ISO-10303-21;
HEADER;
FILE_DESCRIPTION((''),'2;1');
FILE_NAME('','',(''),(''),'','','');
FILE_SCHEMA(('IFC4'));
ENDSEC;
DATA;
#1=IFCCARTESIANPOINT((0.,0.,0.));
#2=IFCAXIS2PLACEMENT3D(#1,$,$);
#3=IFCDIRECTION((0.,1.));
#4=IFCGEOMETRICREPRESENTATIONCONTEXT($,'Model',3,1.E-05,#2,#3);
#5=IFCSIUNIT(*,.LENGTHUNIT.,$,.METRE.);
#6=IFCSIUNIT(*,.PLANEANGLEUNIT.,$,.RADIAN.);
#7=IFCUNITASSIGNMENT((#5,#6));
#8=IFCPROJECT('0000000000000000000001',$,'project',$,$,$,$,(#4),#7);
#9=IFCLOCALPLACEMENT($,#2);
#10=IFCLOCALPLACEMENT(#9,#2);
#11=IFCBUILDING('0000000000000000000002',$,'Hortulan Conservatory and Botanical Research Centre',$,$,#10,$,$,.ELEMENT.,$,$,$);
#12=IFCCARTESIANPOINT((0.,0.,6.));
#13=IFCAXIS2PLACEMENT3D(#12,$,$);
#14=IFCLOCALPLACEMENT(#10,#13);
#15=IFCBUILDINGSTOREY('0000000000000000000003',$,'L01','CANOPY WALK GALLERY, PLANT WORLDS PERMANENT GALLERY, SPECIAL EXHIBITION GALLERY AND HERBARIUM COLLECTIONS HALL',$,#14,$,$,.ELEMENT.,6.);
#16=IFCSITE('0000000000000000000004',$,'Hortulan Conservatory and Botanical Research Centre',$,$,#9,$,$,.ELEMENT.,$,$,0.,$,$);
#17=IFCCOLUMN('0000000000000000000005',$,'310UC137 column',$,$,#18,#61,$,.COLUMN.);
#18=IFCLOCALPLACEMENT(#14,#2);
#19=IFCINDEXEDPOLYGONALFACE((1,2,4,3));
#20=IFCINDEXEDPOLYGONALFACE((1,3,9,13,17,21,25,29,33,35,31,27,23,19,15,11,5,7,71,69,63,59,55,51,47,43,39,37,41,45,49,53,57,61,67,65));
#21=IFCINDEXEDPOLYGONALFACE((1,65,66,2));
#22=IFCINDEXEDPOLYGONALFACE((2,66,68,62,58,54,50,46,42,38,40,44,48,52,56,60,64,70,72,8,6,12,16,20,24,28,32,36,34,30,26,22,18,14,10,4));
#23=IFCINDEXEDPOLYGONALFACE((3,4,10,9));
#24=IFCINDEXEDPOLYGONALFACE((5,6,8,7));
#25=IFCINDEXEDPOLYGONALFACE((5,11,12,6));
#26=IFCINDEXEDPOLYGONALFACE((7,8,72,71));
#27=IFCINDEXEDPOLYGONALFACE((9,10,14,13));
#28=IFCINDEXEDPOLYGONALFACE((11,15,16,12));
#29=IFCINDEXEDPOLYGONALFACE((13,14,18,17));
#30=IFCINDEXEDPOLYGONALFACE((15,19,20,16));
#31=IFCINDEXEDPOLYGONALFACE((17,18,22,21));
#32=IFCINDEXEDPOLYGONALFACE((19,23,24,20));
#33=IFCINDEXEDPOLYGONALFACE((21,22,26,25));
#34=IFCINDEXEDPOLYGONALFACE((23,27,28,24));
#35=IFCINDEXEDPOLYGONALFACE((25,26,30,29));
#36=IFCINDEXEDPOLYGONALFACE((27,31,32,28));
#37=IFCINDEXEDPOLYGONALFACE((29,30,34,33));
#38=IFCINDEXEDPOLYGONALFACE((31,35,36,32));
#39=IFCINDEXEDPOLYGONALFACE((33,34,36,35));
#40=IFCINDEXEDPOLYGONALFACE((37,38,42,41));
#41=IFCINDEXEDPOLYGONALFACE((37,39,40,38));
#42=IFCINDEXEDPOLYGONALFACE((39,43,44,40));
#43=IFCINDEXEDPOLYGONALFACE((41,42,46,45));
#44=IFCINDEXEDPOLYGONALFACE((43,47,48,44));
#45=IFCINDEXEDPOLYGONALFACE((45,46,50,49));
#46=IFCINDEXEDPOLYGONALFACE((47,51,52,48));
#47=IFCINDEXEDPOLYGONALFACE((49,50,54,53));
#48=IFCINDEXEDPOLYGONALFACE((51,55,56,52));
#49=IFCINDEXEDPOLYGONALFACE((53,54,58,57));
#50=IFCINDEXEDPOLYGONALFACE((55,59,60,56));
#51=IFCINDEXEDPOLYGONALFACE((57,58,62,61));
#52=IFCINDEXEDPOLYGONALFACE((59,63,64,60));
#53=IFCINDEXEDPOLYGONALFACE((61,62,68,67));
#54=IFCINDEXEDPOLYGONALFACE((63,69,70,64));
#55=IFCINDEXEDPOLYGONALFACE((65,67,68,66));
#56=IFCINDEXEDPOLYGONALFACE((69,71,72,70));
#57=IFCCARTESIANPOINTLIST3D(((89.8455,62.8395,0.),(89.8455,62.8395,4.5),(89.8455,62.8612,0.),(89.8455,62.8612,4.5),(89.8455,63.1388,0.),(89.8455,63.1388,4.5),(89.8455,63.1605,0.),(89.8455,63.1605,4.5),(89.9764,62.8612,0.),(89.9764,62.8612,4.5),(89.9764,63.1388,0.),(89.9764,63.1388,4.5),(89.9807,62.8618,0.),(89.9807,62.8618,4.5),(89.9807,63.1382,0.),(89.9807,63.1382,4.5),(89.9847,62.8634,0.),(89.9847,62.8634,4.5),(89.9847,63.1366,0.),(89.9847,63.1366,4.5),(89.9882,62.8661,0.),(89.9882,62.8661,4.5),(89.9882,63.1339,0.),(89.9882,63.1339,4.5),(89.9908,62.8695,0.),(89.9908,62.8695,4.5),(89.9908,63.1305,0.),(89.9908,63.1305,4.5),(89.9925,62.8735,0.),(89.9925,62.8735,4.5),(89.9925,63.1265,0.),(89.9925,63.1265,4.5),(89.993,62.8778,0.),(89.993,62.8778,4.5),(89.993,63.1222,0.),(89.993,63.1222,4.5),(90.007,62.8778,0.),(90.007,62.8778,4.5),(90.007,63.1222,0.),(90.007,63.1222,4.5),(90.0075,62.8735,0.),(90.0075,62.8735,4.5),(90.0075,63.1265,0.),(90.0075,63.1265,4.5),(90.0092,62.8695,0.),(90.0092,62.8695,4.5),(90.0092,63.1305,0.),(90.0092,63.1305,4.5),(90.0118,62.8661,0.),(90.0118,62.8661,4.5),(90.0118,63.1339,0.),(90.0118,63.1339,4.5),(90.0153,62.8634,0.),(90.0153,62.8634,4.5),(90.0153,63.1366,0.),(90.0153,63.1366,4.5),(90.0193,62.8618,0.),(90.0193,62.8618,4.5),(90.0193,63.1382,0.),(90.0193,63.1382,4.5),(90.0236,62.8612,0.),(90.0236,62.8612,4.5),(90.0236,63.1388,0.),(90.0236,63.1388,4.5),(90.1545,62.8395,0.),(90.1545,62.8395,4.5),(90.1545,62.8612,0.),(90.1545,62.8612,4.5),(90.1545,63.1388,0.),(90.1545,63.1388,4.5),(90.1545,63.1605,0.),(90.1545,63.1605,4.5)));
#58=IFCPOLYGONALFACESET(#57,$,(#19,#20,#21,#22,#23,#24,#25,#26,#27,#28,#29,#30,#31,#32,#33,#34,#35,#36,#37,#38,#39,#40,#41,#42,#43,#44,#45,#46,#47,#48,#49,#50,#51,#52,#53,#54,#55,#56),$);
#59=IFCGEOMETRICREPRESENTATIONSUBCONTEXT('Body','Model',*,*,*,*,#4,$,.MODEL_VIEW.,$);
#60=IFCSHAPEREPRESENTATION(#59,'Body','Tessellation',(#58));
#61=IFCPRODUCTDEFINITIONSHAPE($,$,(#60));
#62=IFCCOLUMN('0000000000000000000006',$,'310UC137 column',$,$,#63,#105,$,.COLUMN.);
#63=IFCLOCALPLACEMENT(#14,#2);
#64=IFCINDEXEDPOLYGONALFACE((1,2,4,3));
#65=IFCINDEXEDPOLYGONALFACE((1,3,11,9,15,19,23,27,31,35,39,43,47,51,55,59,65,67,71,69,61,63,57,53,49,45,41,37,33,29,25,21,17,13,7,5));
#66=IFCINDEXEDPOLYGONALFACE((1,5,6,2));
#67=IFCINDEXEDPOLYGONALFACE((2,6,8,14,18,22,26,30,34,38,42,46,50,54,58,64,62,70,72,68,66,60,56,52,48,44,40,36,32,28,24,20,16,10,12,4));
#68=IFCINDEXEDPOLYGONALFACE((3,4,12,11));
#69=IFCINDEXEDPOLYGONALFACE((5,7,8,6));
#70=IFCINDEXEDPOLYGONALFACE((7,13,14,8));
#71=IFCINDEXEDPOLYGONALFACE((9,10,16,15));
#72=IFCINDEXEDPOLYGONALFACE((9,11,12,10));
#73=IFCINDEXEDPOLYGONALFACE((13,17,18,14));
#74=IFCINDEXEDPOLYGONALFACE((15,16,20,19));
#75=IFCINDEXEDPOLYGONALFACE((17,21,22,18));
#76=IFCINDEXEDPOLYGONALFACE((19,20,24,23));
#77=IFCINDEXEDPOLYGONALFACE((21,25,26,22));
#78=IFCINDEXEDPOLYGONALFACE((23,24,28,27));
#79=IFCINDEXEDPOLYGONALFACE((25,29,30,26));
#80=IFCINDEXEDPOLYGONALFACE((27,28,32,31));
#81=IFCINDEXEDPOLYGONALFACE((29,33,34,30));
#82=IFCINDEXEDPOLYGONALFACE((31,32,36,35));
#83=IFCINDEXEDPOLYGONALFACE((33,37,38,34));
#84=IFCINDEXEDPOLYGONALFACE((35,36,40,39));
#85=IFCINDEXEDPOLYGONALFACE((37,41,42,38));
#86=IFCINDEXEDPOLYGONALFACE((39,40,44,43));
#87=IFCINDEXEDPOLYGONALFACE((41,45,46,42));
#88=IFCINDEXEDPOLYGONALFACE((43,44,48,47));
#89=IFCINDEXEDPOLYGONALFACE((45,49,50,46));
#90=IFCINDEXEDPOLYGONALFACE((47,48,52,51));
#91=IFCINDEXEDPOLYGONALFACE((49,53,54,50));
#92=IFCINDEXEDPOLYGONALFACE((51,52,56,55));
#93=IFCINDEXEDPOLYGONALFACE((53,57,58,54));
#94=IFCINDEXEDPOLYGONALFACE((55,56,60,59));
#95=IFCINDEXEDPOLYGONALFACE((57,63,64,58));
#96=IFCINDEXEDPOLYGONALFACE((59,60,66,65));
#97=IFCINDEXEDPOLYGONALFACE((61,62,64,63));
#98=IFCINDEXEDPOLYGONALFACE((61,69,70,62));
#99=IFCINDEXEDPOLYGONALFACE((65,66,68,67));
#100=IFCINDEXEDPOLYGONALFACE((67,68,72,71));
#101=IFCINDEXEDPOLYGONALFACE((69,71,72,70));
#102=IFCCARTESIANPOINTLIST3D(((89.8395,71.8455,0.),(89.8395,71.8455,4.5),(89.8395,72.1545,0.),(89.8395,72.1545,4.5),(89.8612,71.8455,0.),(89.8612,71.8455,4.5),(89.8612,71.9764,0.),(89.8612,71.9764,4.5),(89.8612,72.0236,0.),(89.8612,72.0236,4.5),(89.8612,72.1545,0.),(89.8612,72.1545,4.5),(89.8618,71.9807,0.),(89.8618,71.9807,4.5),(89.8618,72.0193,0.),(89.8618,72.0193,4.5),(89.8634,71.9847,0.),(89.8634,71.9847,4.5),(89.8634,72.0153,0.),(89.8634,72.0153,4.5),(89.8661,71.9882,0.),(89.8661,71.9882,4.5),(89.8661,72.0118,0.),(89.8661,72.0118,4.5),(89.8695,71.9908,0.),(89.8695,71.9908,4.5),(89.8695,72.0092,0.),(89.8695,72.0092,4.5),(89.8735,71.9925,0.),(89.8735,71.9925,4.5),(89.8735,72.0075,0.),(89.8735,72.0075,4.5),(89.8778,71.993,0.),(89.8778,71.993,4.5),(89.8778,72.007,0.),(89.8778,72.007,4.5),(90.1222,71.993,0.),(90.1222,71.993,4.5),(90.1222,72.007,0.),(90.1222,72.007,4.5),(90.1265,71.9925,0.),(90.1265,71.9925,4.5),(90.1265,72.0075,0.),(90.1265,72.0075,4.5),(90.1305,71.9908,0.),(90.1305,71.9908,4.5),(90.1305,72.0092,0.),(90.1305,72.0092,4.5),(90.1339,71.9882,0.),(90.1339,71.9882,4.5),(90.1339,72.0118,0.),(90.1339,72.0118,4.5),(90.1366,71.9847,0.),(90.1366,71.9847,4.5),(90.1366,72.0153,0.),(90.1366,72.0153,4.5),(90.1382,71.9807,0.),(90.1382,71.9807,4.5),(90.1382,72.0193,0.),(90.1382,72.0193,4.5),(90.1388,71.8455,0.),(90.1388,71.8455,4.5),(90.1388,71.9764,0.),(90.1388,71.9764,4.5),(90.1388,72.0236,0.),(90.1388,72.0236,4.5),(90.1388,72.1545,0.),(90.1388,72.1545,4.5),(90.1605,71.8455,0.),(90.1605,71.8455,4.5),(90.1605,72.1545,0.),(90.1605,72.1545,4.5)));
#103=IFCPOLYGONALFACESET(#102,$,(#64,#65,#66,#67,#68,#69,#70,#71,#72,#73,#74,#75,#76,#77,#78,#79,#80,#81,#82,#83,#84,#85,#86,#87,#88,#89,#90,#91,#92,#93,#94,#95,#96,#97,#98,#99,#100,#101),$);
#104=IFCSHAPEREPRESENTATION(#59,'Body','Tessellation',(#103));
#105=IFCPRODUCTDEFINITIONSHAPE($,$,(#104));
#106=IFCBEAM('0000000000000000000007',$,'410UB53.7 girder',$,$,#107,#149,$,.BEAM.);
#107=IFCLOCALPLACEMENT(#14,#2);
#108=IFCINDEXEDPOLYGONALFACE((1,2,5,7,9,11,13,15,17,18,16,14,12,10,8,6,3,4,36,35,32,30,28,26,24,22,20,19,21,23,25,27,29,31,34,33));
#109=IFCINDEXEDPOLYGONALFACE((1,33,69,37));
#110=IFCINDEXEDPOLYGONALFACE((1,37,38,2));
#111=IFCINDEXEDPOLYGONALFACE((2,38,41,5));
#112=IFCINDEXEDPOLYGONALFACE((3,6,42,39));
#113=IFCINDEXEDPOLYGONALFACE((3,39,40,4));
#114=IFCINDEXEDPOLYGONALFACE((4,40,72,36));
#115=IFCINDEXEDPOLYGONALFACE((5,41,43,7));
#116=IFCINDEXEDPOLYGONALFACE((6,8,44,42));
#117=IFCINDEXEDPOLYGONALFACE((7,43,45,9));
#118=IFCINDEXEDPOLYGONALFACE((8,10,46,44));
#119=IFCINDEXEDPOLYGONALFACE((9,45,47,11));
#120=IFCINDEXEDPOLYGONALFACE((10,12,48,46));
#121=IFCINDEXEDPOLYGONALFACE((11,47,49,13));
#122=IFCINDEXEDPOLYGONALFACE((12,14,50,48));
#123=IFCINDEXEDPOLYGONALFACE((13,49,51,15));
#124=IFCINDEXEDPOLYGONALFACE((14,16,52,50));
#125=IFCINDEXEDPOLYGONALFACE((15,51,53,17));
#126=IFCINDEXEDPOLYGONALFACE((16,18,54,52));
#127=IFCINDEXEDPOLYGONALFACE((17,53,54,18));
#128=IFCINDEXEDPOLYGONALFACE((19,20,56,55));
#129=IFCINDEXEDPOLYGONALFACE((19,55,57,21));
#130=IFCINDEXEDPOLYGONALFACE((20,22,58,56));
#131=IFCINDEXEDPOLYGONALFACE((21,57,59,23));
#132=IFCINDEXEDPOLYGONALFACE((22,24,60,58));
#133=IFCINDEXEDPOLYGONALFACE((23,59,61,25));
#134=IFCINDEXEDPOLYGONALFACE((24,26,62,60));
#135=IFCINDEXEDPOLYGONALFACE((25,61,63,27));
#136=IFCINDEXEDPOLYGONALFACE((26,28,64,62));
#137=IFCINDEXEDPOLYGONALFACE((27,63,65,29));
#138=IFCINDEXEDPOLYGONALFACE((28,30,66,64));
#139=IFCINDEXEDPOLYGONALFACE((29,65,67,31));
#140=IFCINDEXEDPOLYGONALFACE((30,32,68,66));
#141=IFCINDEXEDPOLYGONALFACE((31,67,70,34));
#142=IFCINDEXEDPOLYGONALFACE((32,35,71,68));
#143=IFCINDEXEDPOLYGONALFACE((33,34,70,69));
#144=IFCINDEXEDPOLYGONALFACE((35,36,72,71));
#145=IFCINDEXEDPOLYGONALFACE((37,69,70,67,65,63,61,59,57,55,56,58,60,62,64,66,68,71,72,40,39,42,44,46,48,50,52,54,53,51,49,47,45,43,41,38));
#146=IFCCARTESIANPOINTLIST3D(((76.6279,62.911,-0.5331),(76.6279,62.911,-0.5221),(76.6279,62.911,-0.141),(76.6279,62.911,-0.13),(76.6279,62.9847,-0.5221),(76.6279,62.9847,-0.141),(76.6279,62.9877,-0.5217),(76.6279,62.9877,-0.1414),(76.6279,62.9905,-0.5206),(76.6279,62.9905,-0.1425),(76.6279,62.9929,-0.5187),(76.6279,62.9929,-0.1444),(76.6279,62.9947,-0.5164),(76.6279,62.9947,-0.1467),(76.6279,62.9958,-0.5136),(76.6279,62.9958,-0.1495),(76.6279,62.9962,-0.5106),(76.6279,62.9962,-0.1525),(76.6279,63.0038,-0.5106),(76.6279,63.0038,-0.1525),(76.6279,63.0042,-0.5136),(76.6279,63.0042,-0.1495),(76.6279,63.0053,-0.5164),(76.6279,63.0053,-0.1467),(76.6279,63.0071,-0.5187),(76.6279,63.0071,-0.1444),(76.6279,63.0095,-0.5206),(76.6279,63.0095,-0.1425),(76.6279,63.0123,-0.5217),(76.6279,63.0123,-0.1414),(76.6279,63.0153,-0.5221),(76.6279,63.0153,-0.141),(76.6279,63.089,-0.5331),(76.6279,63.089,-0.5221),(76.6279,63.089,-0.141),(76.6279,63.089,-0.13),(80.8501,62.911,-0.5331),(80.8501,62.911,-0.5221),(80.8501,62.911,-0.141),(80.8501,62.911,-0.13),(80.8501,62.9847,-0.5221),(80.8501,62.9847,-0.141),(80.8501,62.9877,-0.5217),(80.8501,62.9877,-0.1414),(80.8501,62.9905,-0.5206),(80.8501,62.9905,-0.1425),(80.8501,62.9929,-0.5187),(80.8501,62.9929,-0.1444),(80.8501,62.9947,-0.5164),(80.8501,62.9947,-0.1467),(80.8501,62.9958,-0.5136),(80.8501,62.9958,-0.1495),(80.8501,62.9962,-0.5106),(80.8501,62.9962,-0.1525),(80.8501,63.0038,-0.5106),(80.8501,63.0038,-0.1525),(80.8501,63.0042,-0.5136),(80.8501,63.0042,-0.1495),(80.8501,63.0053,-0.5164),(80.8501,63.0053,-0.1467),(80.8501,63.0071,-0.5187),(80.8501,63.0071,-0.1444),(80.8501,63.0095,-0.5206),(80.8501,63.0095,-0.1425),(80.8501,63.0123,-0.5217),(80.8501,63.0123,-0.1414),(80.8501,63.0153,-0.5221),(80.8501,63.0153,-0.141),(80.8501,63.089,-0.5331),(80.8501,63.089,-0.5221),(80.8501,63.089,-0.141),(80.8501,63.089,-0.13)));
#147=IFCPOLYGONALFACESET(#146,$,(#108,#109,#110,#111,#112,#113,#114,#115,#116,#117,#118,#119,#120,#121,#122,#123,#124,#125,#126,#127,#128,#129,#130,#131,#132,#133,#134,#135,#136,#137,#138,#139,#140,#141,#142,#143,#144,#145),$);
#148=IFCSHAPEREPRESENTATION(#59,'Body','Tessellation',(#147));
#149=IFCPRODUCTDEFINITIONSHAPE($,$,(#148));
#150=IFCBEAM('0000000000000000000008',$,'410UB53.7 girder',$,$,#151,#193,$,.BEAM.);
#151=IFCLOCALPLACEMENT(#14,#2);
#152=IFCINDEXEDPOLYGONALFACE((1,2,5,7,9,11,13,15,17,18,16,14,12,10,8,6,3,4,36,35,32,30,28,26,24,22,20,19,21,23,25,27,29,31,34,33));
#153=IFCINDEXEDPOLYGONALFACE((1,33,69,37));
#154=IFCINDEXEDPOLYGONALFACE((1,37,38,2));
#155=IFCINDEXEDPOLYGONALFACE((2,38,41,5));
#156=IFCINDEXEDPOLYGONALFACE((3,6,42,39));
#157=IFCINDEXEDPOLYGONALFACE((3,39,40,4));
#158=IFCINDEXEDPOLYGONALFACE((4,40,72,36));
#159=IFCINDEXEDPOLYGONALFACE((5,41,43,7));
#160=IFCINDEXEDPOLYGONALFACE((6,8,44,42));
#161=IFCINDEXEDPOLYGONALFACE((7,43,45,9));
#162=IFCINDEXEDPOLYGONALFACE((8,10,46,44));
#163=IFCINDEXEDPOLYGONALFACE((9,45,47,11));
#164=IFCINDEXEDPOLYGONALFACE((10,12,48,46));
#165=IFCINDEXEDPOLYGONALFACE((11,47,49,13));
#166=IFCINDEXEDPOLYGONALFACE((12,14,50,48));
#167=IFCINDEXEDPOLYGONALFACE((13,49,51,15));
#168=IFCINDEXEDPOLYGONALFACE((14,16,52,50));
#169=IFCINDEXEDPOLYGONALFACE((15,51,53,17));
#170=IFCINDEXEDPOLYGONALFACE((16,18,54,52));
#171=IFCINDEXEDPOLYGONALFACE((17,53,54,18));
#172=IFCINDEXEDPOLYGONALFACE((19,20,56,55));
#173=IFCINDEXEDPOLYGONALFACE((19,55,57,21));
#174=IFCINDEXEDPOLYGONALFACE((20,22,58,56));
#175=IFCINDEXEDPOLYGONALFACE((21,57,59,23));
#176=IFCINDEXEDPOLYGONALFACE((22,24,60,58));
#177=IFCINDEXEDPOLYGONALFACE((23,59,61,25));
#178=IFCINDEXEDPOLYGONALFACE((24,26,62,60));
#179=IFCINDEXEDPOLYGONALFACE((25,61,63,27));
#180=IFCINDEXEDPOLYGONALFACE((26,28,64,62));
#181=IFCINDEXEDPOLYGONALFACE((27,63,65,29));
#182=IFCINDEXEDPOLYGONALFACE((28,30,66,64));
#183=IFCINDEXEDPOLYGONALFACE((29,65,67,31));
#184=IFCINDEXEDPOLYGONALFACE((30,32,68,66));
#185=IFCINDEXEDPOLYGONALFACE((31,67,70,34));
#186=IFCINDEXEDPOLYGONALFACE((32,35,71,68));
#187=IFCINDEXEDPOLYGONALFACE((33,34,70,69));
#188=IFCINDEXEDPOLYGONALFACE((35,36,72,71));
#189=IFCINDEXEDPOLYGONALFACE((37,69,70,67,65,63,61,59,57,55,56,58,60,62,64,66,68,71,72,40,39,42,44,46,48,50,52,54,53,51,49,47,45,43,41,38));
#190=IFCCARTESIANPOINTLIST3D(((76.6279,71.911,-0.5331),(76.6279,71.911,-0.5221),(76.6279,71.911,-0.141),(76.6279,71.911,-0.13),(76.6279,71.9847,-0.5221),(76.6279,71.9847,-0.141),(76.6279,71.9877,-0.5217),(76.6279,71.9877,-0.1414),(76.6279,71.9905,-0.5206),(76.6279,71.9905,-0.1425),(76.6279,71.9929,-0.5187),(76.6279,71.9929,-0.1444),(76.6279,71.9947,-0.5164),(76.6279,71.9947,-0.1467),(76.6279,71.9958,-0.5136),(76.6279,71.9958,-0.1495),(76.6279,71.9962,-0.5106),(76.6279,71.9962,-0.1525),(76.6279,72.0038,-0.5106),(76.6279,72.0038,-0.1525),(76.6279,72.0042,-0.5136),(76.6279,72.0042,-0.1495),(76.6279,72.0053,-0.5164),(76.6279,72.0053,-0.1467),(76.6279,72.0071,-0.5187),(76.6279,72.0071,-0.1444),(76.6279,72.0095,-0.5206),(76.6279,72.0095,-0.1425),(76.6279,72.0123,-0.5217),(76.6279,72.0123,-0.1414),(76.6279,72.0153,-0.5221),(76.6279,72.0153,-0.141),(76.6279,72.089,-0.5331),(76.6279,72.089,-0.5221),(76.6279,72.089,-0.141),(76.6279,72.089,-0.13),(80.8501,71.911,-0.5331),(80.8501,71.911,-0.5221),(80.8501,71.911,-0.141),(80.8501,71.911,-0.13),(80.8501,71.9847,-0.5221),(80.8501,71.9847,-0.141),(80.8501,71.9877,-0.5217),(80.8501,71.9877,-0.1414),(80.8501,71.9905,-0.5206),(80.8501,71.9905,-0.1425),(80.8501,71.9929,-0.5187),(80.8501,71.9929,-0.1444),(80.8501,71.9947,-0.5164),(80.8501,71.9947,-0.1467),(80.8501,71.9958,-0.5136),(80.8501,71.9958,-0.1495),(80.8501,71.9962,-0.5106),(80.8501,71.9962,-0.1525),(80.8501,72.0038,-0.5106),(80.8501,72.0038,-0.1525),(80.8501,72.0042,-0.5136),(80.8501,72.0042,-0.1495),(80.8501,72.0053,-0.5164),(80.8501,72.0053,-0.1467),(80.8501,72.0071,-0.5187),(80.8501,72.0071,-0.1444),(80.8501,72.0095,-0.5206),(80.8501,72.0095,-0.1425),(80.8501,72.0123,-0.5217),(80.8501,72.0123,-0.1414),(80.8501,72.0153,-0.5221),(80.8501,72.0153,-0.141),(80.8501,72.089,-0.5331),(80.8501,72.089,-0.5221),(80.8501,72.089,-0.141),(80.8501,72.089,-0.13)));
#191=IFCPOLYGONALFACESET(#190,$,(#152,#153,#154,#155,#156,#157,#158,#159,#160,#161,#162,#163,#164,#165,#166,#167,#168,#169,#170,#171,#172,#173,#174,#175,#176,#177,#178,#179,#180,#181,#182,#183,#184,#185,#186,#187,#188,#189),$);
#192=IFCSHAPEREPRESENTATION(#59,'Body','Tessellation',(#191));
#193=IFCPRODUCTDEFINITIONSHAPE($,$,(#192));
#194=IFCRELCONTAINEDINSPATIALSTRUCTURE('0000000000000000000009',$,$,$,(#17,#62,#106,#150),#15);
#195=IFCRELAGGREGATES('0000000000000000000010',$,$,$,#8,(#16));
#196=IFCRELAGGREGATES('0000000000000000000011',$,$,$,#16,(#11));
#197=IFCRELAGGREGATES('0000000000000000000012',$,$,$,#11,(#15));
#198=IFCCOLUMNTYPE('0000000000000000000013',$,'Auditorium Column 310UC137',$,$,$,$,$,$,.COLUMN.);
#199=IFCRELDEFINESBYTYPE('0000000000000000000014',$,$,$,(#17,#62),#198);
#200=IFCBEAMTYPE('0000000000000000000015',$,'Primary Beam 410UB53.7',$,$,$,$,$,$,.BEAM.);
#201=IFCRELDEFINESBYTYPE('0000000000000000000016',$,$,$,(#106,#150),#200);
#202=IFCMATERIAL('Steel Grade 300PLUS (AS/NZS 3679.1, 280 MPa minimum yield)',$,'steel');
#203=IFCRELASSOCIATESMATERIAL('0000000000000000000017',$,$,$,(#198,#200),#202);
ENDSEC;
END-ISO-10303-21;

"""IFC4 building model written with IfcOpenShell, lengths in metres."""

from ifc_helpers import new_model, si_unit, direction, frame, origin, origin_2d, place, context, subcontext, project, spatial, i_section, extrude, material, material_profile, profile_set, type_object, element, save


model = new_model("IFC4")

# Units and contexts
model_context = context("Model", 3, precision=1e-05, world=origin(), true_north=direction((0.0, 1.0)))
body_context = subcontext(model_context, "Body", "Model", "MODEL_VIEW")
ifc_project = project(units=[si_unit("LENGTHUNIT", "METRE"), si_unit("PLANEANGLEUNIT", "RADIAN")], contexts=[model_context])

# Site, building, storey
site_placement = place(None, origin())
site = spatial("IfcSite", under=ifc_project, at=site_placement, Name="Hortulan Conservatory and Botanical Research Centre", CompositionType="ELEMENT", RefElevation=0.0)
building_placement = place(site_placement, origin())
building = spatial("IfcBuilding", under=site, at=building_placement, Name="Hortulan Conservatory and Botanical Research Centre", CompositionType="ELEMENT")
storey_placement = place(building_placement, frame((0.0, 0.0, 6.0)))
storey = spatial("IfcBuildingStorey", under=building, at=storey_placement, Name="L01", Description="CANOPY WALK GALLERY, PLANT WORLDS PERMANENT GALLERY, SPECIAL EXHIBITION GALLERY AND HERBARIUM COLLECTIONS HALL", CompositionType="ELEMENT", Elevation=6.0)

# Columns
ifc_material_1 = material(Name="Steel Grade 300PLUS (AS/NZS 3679.1, 280 MPa minimum yield)", Category="steel")
ifc_material_profile_1 = material_profile(ifc_material_1, i_section(OverallWidth=0.3091, OverallDepth=0.321, WebThickness=0.0139, FlangeThickness=0.0217, FilletRadius=0.0166, at=origin_2d()), Name="310UC137")
ifc_profile_set_1 = profile_set([ifc_material_profile_1], Name="Steel Grade 300PLUS (AS/NZS 3679.1, 280 MPa minimum yield)")
column_type = type_object("IfcColumnType", Name="Auditorium Column 310UC137", PredefinedType="COLUMN", material=ifc_profile_set_1)
for number, where, z_axis, x_axis, name in (
    (1, (90.0, 63.0, 0.0), (0.0, 0.0, 1.0), (1.0, 0.0, 0.0), "310UC137 column"),
    (2, (90.0, 72.0, 0.0), (0.0, 0.0, 1.0), (0.0, 1.0, 0.0), "310UC137 column"),
):
    element("IfcColumn", number, at=place(storey_placement, frame(where, z_axis=z_axis, x_axis=x_axis)), inside=storey, type_object=column_type, Name=name, PredefinedType="COLUMN", context=body_context, shape_type="SweptSolid", body=[
        extrude(i_section(OverallWidth=0.3091, OverallDepth=0.321, WebThickness=0.0139, FlangeThickness=0.0217, FilletRadius=0.0166, at=origin_2d()), origin(), (0.0, 0.0, 1.0), 4.5),
    ])

# Beams
ifc_material_profile_2 = material_profile(ifc_material_1, i_section(OverallWidth=0.178, OverallDepth=0.4031, WebThickness=0.0076, FlangeThickness=0.011, FilletRadius=0.0115, at=origin_2d()), Name="410UB53.7")
ifc_profile_set_2 = profile_set([ifc_material_profile_2], Name="Steel Grade 300PLUS (AS/NZS 3679.1, 280 MPa minimum yield)")
beam_type_1 = type_object("IfcBeamType", Name="Primary Beam 410UB53.7", PredefinedType="BEAM", material=ifc_profile_set_2)
for number, where, z_axis, x_axis, name in (
    (3, (76.6279, 63.0, -0.3315), (1.0, 0.0, 0.0), (0.0, 1.0, 0.0), "410UB53.7 girder"),
    (4, (76.6279, 72.0, -0.3315), (1.0, 0.0, 0.0), (0.0, 1.0, 0.0), "410UB53.7 girder"),
):
    element("IfcBeam", number, at=place(storey_placement, frame(where, z_axis=z_axis, x_axis=x_axis)), inside=storey, type_object=beam_type_1, Name=name, PredefinedType="BEAM", context=body_context, shape_type="SweptSolid", body=[
        extrude(i_section(OverallWidth=0.178, OverallDepth=0.4031, WebThickness=0.0076, FlangeThickness=0.011, FilletRadius=0.0115, at=origin_2d()), origin(), (0.0, 0.0, 1.0), 4.2222),
    ])

save(model, "model.ifc")
